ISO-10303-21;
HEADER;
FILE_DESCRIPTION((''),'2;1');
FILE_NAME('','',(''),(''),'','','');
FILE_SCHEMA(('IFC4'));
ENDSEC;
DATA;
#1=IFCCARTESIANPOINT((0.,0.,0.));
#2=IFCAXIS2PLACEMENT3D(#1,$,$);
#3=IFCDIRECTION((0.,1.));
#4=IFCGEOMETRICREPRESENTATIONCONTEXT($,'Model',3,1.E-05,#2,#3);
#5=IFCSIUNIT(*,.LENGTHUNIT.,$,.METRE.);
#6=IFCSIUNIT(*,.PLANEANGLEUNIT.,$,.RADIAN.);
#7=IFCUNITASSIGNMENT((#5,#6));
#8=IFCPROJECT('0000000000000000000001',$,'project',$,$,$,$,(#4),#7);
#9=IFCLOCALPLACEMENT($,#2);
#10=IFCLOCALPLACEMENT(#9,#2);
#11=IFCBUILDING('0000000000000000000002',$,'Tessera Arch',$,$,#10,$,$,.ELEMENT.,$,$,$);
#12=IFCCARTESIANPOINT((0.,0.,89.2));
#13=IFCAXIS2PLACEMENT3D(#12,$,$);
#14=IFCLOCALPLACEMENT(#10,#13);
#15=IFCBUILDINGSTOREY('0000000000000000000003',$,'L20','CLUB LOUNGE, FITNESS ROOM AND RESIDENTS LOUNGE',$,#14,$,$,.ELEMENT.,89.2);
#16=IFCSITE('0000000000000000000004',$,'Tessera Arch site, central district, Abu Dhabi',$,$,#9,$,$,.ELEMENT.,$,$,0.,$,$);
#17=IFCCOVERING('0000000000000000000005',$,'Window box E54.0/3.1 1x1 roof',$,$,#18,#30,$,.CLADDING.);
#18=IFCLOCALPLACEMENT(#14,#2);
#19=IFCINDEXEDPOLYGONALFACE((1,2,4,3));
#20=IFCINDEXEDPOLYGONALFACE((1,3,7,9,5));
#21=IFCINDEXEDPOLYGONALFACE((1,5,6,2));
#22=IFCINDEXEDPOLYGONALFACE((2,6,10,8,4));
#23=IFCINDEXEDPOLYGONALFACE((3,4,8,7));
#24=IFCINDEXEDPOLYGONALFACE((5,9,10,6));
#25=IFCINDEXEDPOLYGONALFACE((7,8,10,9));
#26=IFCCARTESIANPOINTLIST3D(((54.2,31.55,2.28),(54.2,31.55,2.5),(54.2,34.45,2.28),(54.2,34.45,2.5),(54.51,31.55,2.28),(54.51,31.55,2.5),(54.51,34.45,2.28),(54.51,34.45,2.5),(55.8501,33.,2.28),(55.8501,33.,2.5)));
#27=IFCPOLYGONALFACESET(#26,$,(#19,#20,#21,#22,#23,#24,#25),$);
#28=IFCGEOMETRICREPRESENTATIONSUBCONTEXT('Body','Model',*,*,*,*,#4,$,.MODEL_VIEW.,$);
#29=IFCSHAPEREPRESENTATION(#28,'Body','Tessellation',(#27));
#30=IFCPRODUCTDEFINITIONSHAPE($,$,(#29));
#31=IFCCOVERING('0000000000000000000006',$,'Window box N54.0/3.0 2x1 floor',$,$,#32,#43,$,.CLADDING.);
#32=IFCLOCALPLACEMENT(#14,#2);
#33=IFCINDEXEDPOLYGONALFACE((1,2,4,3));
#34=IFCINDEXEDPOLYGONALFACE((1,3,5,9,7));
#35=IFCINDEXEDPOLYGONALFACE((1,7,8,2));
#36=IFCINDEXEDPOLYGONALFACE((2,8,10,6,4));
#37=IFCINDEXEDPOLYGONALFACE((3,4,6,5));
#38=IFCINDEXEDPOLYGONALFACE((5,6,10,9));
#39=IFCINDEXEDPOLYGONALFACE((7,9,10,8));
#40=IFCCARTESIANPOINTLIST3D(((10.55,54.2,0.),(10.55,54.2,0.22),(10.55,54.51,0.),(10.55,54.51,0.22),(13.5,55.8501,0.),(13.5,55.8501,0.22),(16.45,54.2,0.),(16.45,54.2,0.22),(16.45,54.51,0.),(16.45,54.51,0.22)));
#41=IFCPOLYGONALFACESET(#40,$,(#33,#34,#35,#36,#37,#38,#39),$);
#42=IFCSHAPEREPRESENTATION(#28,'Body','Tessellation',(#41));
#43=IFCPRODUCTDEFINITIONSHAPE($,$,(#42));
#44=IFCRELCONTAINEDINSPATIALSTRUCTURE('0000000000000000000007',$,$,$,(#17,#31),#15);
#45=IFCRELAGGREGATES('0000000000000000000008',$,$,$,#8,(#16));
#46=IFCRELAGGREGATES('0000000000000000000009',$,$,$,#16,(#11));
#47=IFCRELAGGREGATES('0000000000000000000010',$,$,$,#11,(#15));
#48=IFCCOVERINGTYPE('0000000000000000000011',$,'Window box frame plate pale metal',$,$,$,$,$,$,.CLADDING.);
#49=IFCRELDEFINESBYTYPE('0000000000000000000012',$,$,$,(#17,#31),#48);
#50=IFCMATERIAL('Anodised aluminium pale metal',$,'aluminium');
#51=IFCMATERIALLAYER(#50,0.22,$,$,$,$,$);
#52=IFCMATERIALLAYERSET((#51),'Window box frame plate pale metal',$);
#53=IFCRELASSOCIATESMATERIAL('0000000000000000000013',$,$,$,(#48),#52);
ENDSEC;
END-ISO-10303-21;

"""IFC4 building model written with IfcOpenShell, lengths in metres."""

from ifc_helpers import new_model, si_unit, direction, frame, origin, place, context, subcontext, project, spatial, polyline, outline, extrude, material, layer, layer_set, type_object, element, save


model = new_model("IFC4")

# Units and contexts
model_context = context("Model", 3, precision=1e-05, world=origin(), true_north=direction((0.0, 1.0)))
body_context = subcontext(model_context, "Body", "Model", "MODEL_VIEW")
ifc_project = project(units=[si_unit("LENGTHUNIT", "METRE"), si_unit("PLANEANGLEUNIT", "RADIAN")], contexts=[model_context])

# Site, building, storey
site_placement = place(None, origin())
site = spatial("IfcSite", under=ifc_project, at=site_placement, Name="Tessera Arch site, central district, Abu Dhabi", CompositionType="ELEMENT", RefElevation=0.0)
building_placement = place(site_placement, origin())
building = spatial("IfcBuilding", under=site, at=building_placement, Name="Tessera Arch", CompositionType="ELEMENT")
storey_placement = place(building_placement, frame((0.0, 0.0, 89.2)))
storey = spatial("IfcBuildingStorey", under=building, at=storey_placement, Name="L20", Description="CLUB LOUNGE, FITNESS ROOM AND RESIDENTS LOUNGE", CompositionType="ELEMENT", Elevation=89.2)

# Coverings
ifc_material_1 = material(Name="Anodised aluminium pale metal", Category="aluminium")
ifc_layer_1 = layer(ifc_material_1, 0.22)
ifc_layer_set_1 = layer_set([ifc_layer_1], Name="Window box frame plate pale metal")
covering_type_1 = type_object("IfcCoveringType", Name="Window box frame plate pale metal", PredefinedType="CLADDING", material=ifc_layer_set_1)
covering_1_placement = place(storey_placement, frame((0.0, 0.0, 2.28)))
element("IfcCovering", 1, at=covering_1_placement, inside=storey, type_object=covering_type_1, Name="Window box E54.0/3.1 1x1 roof", PredefinedType="CLADDING", context=body_context, shape_type="SweptSolid", body=[
    extrude(outline(polyline([(54.51, 31.55), (55.8501, 33.0), (54.51, 34.45), (54.2, 34.45), (54.2, 31.55), (54.51, 31.55)])), origin(), (0.0, 0.0, 1.0), 0.22),
])
covering_2_placement = place(storey_placement, origin())
element("IfcCovering", 2, at=covering_2_placement, inside=storey, type_object=covering_type_1, Name="Window box N54.0/3.0 2x1 floor", PredefinedType="CLADDING", context=body_context, shape_type="SweptSolid", body=[
    extrude(outline(polyline([(16.45, 54.51), (13.5, 55.8501), (10.55, 54.51), (10.55, 54.2), (16.45, 54.2), (16.45, 54.51)])), origin(), (0.0, 0.0, 1.0), 0.22),
])

save(model, "model.ifc")
